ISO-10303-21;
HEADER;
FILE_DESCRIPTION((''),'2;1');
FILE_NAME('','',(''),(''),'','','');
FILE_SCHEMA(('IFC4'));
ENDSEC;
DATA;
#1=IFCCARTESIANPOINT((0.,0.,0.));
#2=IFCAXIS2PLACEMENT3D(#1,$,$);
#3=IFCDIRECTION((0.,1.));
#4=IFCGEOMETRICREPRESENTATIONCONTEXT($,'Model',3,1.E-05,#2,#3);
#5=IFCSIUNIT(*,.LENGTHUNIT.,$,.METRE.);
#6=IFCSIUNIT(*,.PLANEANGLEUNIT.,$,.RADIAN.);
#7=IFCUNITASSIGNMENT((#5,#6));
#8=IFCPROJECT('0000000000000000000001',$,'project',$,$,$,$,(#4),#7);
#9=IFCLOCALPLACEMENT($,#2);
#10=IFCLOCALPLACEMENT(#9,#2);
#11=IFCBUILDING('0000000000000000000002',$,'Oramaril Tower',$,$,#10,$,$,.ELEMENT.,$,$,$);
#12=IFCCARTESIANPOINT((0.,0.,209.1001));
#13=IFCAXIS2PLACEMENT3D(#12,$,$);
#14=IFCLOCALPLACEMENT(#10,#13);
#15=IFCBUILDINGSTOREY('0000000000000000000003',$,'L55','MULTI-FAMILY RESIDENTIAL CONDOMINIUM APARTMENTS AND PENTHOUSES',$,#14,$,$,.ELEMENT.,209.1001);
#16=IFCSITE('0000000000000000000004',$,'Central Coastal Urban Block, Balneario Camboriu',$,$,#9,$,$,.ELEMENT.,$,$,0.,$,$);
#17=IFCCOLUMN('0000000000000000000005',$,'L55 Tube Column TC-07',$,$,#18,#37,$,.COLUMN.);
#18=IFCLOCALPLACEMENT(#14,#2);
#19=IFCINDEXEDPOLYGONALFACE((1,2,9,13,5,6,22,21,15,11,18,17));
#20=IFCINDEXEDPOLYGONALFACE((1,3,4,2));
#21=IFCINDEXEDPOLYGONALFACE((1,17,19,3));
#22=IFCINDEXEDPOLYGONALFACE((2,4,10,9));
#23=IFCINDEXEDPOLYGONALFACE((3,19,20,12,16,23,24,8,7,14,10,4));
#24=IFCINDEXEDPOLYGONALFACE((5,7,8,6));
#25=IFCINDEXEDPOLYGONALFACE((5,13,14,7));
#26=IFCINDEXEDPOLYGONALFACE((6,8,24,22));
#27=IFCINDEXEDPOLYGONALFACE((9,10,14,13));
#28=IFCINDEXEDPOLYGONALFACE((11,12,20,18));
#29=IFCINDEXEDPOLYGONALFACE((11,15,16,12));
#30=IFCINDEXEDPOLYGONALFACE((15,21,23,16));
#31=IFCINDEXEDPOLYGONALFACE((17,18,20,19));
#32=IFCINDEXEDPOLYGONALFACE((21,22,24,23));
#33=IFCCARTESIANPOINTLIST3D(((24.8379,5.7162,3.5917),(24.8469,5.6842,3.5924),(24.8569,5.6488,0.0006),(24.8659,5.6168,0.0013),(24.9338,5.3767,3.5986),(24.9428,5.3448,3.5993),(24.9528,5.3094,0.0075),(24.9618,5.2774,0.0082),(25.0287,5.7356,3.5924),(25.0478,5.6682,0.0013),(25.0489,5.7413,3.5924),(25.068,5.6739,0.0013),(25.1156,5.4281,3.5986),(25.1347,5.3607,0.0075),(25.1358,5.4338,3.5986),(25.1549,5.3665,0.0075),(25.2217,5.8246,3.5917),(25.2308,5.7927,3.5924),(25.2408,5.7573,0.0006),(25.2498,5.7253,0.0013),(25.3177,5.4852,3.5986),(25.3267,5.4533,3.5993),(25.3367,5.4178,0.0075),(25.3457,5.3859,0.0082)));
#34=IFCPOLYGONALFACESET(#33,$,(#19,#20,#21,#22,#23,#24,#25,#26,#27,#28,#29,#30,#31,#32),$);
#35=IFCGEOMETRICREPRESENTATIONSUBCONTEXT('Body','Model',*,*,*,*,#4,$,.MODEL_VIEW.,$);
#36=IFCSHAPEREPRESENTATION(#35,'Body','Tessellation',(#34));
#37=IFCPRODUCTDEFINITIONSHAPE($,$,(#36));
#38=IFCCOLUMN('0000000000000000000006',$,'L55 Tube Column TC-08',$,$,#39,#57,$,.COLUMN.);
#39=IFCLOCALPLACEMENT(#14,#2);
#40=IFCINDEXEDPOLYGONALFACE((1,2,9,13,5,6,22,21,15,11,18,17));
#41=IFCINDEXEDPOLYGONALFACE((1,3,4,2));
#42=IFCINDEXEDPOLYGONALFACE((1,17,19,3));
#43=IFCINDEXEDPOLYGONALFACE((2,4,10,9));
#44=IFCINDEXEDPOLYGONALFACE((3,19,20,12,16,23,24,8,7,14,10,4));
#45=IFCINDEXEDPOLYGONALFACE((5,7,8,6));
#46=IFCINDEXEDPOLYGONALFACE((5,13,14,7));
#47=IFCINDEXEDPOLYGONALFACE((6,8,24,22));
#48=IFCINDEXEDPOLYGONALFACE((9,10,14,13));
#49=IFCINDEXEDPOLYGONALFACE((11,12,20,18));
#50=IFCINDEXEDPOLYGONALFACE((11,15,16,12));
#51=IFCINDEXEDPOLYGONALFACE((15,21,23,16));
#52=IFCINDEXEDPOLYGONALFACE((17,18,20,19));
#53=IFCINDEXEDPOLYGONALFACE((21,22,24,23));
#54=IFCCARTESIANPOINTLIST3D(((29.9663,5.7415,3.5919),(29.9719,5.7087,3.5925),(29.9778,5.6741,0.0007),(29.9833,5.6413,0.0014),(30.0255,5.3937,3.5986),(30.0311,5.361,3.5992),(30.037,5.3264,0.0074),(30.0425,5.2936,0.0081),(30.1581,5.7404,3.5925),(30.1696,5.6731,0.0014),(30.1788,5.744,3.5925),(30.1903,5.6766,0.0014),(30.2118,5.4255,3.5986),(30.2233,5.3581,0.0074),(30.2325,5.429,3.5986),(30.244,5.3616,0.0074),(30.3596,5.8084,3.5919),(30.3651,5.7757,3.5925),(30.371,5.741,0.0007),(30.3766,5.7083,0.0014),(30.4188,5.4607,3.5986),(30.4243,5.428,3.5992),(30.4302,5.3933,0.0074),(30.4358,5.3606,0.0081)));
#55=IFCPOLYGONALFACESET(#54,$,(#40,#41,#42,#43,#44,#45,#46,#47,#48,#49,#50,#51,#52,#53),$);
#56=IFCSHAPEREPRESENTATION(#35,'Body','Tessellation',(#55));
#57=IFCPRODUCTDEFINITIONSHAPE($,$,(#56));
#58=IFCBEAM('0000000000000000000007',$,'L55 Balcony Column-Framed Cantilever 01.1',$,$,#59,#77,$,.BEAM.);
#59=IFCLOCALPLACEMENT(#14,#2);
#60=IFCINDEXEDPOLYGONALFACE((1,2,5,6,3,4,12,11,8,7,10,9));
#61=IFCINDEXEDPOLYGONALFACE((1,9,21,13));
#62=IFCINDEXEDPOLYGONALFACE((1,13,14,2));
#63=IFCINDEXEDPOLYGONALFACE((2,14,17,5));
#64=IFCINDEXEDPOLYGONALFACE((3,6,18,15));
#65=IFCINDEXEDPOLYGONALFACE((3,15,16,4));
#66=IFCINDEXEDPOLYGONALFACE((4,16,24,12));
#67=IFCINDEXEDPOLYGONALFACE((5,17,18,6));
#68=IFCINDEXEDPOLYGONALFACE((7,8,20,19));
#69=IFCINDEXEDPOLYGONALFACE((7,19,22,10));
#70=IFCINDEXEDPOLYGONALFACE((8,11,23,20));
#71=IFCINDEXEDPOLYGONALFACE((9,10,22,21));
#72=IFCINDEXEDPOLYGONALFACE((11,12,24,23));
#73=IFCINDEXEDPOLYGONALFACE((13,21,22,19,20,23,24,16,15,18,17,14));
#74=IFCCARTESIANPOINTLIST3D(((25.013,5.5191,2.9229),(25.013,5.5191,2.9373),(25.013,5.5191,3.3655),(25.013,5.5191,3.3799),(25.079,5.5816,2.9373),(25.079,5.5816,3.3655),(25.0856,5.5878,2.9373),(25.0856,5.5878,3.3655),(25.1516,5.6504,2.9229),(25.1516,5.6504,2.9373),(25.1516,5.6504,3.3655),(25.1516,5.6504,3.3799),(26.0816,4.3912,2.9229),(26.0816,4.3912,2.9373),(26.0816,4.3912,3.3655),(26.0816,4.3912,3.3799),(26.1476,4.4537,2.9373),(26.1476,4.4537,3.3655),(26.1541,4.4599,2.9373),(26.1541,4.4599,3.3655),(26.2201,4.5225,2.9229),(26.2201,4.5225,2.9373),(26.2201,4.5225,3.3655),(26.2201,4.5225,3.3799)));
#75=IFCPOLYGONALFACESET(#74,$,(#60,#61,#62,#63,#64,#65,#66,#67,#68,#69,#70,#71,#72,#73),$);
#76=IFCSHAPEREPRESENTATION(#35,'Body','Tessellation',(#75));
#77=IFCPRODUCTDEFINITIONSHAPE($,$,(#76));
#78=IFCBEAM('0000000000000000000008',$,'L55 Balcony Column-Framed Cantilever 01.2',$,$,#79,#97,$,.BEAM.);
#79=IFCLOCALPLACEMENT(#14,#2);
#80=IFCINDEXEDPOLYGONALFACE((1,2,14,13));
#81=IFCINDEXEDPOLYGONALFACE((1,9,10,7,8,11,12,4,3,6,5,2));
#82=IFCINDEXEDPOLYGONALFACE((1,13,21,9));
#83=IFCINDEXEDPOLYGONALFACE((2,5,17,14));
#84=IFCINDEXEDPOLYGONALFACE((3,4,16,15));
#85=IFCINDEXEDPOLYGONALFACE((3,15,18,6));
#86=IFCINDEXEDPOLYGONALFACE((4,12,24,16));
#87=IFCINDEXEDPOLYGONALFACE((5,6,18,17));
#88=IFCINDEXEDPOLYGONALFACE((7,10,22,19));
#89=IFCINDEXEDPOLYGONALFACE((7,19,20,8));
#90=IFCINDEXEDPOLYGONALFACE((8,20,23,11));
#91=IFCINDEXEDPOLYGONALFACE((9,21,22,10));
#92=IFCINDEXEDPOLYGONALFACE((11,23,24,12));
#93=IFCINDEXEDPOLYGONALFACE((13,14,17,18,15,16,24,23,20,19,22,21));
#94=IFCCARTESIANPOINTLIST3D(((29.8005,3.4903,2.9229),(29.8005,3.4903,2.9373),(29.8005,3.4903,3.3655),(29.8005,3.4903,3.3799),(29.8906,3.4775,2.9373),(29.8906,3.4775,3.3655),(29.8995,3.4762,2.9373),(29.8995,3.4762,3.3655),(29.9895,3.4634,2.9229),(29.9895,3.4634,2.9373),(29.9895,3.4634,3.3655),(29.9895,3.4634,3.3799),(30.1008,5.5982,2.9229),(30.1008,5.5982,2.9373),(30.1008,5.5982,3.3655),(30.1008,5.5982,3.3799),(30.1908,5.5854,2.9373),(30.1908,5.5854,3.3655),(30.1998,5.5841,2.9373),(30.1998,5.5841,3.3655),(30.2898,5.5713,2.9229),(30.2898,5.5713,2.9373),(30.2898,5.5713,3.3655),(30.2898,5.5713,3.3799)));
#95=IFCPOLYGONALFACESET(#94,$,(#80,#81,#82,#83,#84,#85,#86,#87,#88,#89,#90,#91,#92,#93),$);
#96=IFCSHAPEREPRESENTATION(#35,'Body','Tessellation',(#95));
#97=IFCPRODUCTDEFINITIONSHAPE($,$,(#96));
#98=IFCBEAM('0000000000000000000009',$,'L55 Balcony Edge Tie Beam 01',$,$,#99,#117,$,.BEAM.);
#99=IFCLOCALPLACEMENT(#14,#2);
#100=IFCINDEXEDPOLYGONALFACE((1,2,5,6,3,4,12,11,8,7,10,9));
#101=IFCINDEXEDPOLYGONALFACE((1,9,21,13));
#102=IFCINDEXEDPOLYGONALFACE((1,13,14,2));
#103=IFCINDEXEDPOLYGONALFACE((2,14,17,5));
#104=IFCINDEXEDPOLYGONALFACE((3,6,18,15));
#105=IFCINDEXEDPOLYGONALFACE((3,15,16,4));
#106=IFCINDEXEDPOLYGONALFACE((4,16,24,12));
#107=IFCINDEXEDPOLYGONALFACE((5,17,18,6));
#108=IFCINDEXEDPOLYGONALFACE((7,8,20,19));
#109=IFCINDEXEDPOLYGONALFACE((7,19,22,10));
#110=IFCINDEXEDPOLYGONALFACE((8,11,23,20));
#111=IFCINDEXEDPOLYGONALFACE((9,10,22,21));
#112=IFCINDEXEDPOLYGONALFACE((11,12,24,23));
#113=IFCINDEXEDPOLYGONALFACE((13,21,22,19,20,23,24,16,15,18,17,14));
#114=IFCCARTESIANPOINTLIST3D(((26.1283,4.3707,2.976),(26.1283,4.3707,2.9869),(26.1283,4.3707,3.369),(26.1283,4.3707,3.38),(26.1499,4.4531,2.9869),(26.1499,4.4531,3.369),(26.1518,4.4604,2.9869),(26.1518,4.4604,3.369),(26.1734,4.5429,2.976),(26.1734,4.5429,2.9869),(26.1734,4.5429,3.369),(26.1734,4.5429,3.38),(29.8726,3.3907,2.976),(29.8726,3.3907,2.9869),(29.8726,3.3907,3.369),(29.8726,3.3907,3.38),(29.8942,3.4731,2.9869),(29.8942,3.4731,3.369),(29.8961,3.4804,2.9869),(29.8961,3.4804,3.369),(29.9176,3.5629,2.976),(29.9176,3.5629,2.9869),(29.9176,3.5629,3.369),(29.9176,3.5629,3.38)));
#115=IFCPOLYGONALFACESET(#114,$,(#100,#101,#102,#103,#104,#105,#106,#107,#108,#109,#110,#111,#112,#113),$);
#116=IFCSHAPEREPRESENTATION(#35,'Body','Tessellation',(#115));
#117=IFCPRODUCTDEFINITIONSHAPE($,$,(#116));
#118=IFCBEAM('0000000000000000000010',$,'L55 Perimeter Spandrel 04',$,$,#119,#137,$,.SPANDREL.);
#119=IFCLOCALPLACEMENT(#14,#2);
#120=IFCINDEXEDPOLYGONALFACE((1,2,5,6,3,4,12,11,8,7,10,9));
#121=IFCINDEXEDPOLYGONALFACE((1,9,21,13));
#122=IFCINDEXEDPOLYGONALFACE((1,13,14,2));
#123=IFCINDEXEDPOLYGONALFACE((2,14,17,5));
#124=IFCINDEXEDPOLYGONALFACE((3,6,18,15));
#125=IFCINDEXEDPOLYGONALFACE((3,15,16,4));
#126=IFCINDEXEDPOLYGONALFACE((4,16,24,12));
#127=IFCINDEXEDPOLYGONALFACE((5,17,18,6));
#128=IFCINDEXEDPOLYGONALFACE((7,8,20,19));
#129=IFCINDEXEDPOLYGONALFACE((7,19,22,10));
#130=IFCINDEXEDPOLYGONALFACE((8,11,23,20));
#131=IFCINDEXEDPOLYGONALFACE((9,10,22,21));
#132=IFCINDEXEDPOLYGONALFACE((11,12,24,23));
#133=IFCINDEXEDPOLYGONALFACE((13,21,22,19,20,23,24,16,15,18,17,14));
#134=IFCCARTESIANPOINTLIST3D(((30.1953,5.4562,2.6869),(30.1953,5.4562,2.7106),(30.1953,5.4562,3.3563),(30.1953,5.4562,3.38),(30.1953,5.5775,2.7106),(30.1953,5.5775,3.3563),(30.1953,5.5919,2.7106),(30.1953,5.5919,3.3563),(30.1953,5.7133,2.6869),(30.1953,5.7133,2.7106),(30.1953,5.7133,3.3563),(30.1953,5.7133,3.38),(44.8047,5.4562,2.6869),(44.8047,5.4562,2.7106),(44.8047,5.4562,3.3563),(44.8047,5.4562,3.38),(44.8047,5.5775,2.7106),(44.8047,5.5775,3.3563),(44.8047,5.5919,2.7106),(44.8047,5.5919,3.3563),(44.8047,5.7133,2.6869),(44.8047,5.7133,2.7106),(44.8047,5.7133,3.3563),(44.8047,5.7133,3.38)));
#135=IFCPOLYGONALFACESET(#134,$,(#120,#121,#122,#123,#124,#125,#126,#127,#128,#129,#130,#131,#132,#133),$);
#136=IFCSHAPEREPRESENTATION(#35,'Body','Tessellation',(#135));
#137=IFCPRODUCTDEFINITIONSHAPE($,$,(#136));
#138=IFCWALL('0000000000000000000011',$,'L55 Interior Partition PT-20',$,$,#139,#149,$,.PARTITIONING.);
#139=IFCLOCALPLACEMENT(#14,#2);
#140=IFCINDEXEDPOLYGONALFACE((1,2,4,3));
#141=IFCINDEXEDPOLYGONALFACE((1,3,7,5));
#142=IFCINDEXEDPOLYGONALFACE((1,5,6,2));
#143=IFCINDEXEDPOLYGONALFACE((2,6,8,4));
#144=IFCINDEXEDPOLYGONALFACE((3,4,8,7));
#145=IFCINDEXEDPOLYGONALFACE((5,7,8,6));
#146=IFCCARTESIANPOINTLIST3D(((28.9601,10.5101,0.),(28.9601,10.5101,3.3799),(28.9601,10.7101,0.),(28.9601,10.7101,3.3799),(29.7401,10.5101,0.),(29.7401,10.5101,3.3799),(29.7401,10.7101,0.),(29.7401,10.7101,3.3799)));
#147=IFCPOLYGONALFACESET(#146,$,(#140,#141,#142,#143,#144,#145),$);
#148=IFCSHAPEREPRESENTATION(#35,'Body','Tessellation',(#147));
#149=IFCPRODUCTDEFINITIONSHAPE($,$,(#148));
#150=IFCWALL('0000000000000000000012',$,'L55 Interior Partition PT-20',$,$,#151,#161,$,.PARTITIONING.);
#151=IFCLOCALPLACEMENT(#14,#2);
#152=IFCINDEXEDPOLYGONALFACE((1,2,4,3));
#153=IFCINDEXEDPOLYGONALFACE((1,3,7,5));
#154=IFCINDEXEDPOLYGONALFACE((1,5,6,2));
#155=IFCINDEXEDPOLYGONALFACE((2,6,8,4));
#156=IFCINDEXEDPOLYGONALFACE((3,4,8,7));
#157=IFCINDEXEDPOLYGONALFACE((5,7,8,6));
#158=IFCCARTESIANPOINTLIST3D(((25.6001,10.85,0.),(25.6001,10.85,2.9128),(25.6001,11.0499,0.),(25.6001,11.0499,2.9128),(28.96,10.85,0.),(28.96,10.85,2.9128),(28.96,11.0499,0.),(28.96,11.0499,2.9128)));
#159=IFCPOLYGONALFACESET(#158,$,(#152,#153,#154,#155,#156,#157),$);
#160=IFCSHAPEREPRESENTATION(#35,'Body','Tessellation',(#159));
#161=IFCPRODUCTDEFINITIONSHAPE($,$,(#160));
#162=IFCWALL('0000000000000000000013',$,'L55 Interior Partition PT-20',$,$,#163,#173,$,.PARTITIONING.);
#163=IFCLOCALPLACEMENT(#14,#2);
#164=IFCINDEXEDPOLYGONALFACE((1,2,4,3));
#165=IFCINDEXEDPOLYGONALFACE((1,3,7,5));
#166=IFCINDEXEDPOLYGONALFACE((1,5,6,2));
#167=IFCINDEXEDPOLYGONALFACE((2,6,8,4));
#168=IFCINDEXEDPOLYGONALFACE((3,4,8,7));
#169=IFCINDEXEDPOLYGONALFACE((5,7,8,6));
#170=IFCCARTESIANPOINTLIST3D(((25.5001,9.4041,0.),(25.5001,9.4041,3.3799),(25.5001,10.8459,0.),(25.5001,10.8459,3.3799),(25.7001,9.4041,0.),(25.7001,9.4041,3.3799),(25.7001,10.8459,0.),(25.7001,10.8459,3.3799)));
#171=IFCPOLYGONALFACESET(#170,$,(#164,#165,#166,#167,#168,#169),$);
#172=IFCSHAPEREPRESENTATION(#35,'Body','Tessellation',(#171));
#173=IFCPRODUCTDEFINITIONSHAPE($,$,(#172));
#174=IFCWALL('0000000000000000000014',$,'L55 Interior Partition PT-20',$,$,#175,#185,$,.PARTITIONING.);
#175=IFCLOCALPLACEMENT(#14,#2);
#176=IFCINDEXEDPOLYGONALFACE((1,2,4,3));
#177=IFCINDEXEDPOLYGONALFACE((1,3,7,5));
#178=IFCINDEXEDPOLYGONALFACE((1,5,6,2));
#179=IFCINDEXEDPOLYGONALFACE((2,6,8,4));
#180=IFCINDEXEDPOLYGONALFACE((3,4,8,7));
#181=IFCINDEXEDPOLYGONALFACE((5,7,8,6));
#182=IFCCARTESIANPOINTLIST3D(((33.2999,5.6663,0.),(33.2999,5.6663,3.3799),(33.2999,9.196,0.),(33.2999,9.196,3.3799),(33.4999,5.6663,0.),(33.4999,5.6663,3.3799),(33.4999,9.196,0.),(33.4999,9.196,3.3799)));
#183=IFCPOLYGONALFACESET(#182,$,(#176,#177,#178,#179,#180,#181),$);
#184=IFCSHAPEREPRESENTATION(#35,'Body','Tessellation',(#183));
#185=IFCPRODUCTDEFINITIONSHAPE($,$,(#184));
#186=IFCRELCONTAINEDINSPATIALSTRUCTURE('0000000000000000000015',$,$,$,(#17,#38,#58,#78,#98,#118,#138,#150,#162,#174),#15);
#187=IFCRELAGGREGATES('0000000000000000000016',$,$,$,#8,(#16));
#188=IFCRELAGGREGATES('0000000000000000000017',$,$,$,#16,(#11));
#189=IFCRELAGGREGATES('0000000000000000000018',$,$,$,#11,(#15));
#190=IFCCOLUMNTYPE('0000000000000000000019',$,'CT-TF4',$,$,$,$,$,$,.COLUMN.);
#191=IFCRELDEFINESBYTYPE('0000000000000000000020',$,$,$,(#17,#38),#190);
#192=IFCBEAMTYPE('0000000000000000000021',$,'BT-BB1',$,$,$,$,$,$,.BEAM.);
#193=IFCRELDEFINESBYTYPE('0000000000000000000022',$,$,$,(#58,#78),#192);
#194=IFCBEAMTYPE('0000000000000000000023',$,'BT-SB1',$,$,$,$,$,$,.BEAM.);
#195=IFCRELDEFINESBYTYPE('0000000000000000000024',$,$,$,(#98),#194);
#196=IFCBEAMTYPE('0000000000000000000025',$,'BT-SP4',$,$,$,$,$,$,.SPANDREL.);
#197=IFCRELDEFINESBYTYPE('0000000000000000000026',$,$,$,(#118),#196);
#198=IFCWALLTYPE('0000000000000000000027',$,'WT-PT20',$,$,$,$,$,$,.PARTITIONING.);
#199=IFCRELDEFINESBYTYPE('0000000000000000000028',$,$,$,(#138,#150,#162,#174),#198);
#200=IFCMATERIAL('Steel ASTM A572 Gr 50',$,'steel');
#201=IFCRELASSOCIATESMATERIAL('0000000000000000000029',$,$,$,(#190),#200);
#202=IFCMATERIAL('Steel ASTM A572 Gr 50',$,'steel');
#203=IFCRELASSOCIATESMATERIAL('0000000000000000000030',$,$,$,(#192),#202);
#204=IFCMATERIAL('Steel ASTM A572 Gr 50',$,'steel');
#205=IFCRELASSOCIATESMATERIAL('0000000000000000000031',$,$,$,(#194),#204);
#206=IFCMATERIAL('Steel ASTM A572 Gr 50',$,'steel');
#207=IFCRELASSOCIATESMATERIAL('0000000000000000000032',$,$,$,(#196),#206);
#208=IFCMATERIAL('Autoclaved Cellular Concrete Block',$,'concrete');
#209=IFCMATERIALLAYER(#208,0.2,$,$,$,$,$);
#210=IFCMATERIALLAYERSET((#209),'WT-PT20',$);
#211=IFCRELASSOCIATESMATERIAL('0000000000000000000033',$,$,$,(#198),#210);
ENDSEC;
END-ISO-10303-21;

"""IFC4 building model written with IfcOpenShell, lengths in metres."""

from ifc_helpers import new_model, si_unit, direction, frame, frame_2d, origin, origin_2d, place, context, subcontext, project, spatial, rectangle, i_section, extrude, material, layer, layer_set, material_profile, profile_set, type_object, element, save


model = new_model("IFC4")

# Units and contexts
model_context = context("Model", 3, precision=1e-05, world=origin(), true_north=direction((0.0, 1.0)))
body_context = subcontext(model_context, "Body", "Model", "MODEL_VIEW")
ifc_project = project(units=[si_unit("LENGTHUNIT", "METRE"), si_unit("PLANEANGLEUNIT", "RADIAN")], contexts=[model_context])

# Site, building, storey
site_placement = place(None, origin())
site = spatial("IfcSite", under=ifc_project, at=site_placement, Name="Central Coastal Urban Block, Balneario Camboriu", CompositionType="ELEMENT", RefElevation=0.0)
building_placement = place(site_placement, origin())
building = spatial("IfcBuilding", under=site, at=building_placement, Name="Oramaril Tower", CompositionType="ELEMENT")
storey_placement = place(building_placement, frame((0.0, 0.0, 209.1001)))
storey = spatial("IfcBuildingStorey", under=building, at=storey_placement, Name="L55", Description="MULTI-FAMILY RESIDENTIAL CONDOMINIUM APARTMENTS AND PENTHOUSES", CompositionType="ELEMENT", Elevation=209.1001)

# Columns
ifc_material_1 = material(Name="Steel ASTM A572 Gr 50", Category="steel")
ifc_material_profile_1 = material_profile(ifc_material_1, i_section(OverallWidth=0.3989, OverallDepth=0.386, WebThickness=0.021, FlangeThickness=0.0332, at=origin_2d()), Name="W14X176")
ifc_profile_set_1 = profile_set([ifc_material_profile_1], Name="Steel ASTM A572 Gr 50")
column_type = type_object("IfcColumnType", Name="CT-TF4", PredefinedType="COLUMN", material=ifc_profile_set_1)
for number, where, z_axis, x_axis, name in (
    (1, (25.1013, 5.5173, 0.0044), (-0.005302, 0.01876, 0.99981), (-0.962309, -0.271957, 0.0), "L55 Tube Column TC-07"),
    (2, (30.2068, 5.5173, 0.0044), (-0.003195, 0.018761, 0.999819), (-0.985809, -0.167873, 0.0), "L55 Tube Column TC-08"),
):
    element("IfcColumn", number, at=place(storey_placement, frame(where, z_axis=z_axis, x_axis=x_axis)), inside=storey, type_object=column_type, Name=name, PredefinedType="COLUMN", context=body_context, shape_type="SweptSolid", body=[
        extrude(i_section(OverallWidth=0.3989, OverallDepth=0.386, WebThickness=0.021, FlangeThickness=0.0332, at=origin_2d()), origin(), (0.0, 0.0, 1.0), 3.5918),
    ])

# Beams
ifc_material_2 = material(Name="Steel ASTM A572 Gr 50", Category="steel")
ifc_material_profile_2 = material_profile(ifc_material_2, i_section(OverallWidth=0.1909, OverallDepth=0.457, WebThickness=0.009, FlangeThickness=0.0144, at=origin_2d()), Name="W18X50")
ifc_profile_set_2 = profile_set([ifc_material_profile_2], Name="Steel ASTM A572 Gr 50")
beam_type_1 = type_object("IfcBeamType", Name="BT-BB1", PredefinedType="BEAM", material=ifc_profile_set_2)
beam_1_placement = place(storey_placement, frame((25.0823, 5.5847, 3.1514), z_axis=(0.687758, -0.72594, 0.0), x_axis=(0.72594, 0.687758, 0.0)))
element("IfcBeam", 3, at=beam_1_placement, inside=storey, type_object=beam_type_1, Name="L55 Balcony Column-Framed Cantilever 01.1", PredefinedType="BEAM", context=body_context, shape_type="SweptSolid", body=[
    extrude(i_section(OverallWidth=0.1909, OverallDepth=0.457, WebThickness=0.009, FlangeThickness=0.0144, at=origin_2d()), origin(), (0.0, 0.0, 1.0), 1.5537),
])
beam_2_placement = place(storey_placement, frame((30.1953, 5.5847, 3.1514), z_axis=(-0.141036, -0.990004, 0.0), x_axis=(0.990004, -0.141036, 0.0)))
element("IfcBeam", 4, at=beam_2_placement, inside=storey, type_object=beam_type_1, Name="L55 Balcony Column-Framed Cantilever 01.2", PredefinedType="BEAM", context=body_context, shape_type="SweptSolid", body=[
    extrude(i_section(OverallWidth=0.1909, OverallDepth=0.457, WebThickness=0.009, FlangeThickness=0.0144, at=origin_2d()), origin(), (0.0, 0.0, 1.0), 2.1292),
])
ifc_material_3 = material(Name="Steel ASTM A572 Gr 50", Category="steel")
ifc_material_profile_3 = material_profile(ifc_material_3, i_section(OverallWidth=0.178, OverallDepth=0.4041, WebThickness=0.0076, FlangeThickness=0.011, at=origin_2d()), Name="W16X36")
ifc_profile_set_3 = profile_set([ifc_material_profile_3], Name="Steel ASTM A572 Gr 50")
beam_type_2 = type_object("IfcBeamType", Name="BT-SB1", PredefinedType="BEAM", material=ifc_profile_set_3)
beam_3_placement = place(storey_placement, frame((26.1509, 4.4568, 3.178), z_axis=(0.967412, -0.253208, 0.0), x_axis=(0.253208, 0.967412, 0.0)))
element("IfcBeam", 5, at=beam_3_placement, inside=storey, type_object=beam_type_2, Name="L55 Balcony Edge Tie Beam 01", PredefinedType="BEAM", context=body_context, shape_type="SweptSolid", body=[
    extrude(i_section(OverallWidth=0.178, OverallDepth=0.4041, WebThickness=0.0076, FlangeThickness=0.011, at=origin_2d()), origin(), (0.0, 0.0, 1.0), 3.8704),
])
ifc_material_4 = material(Name="Steel ASTM A572 Gr 50", Category="steel")
ifc_material_profile_4 = material_profile(ifc_material_4, i_section(OverallWidth=0.2571, OverallDepth=0.6931, WebThickness=0.0144, FlangeThickness=0.0237, at=origin_2d()), Name="W27X114")
ifc_profile_set_4 = profile_set([ifc_material_profile_4], Name="Steel ASTM A572 Gr 50")
beam_type_3 = type_object("IfcBeamType", Name="BT-SP4", PredefinedType="SPANDREL", material=ifc_profile_set_4)
beam_4_placement = place(storey_placement, frame((30.1953, 5.5847, 3.0334), z_axis=(1.0, 0.0, 0.0), x_axis=(0.0, 1.0, 0.0)))
element("IfcBeam", 6, at=beam_4_placement, inside=storey, type_object=beam_type_3, Name="L55 Perimeter Spandrel 04", PredefinedType="SPANDREL", context=body_context, shape_type="SweptSolid", body=[
    extrude(i_section(OverallWidth=0.2571, OverallDepth=0.6931, WebThickness=0.0144, FlangeThickness=0.0237, at=origin_2d()), origin(), (0.0, 0.0, 1.0), 14.6094),
])

# Shared definitions
ifc_material_5 = material(Name="Autoclaved Cellular Concrete Block", Category="concrete")
ifc_layer_1 = layer(ifc_material_5, 0.2)
ifc_layer_set_1 = layer_set([ifc_layer_1], Name="WT-PT20")
wall_type_1 = type_object("IfcWallType", Name="WT-PT20", PredefinedType="PARTITIONING", material=ifc_layer_set_1)

# Walls
wall_1_placement = place(storey_placement, frame((28.96, 10.6101, 0.0), z_axis=(0.0, 0.0, 1.0), x_axis=(1.0, 0.0, 0.0)))
element("IfcWall", 7, at=wall_1_placement, inside=storey, type_object=wall_type_1, Name="L55 Interior Partition PT-20", PredefinedType="PARTITIONING", context=body_context, shape_type="SweptSolid", body=[
    extrude(rectangle(XDim=0.78, YDim=0.2, at=frame_2d((0.3901, 0.0))), origin(), (0.0, 0.0, 1.0), 3.3799),
])
wall_2_placement = place(storey_placement, frame((25.6001, 10.95, 0.0), z_axis=(0.0, 0.0, 1.0), x_axis=(1.0, 0.0, 0.0)))
element("IfcWall", 8, at=wall_2_placement, inside=storey, type_object=wall_type_1, Name="L55 Interior Partition PT-20", PredefinedType="PARTITIONING", context=body_context, shape_type="SweptSolid", body=[
    extrude(rectangle(XDim=3.3599, YDim=0.2, at=frame_2d((1.6799, 0.0))), origin(), (0.0, 0.0, 1.0), 2.9128),
])
wall_3_placement = place(storey_placement, frame((25.6001, 9.4041, 0.0), z_axis=(0.0, 0.0, 1.0), x_axis=(0.0, 1.0, 0.0)))
element("IfcWall", 9, at=wall_3_placement, inside=storey, type_object=wall_type_1, Name="L55 Interior Partition PT-20", PredefinedType="PARTITIONING", context=body_context, shape_type="SweptSolid", body=[
    extrude(rectangle(XDim=1.4419, YDim=0.2, at=frame_2d((0.7209, 0.0))), origin(), (0.0, 0.0, 1.0), 3.3799),
])
wall_4_placement = place(storey_placement, frame((33.3999, 5.6663, 0.0), z_axis=(0.0, 0.0, 1.0), x_axis=(0.0, 1.0, 0.0)))
element("IfcWall", 10, at=wall_4_placement, inside=storey, type_object=wall_type_1, Name="L55 Interior Partition PT-20", PredefinedType="PARTITIONING", context=body_context, shape_type="SweptSolid", body=[
    extrude(rectangle(XDim=3.5298, YDim=0.2, at=frame_2d((1.7649, 0.0))), origin(), (0.0, 0.0, 1.0), 3.3799),
])

save(model, "model.ifc")
